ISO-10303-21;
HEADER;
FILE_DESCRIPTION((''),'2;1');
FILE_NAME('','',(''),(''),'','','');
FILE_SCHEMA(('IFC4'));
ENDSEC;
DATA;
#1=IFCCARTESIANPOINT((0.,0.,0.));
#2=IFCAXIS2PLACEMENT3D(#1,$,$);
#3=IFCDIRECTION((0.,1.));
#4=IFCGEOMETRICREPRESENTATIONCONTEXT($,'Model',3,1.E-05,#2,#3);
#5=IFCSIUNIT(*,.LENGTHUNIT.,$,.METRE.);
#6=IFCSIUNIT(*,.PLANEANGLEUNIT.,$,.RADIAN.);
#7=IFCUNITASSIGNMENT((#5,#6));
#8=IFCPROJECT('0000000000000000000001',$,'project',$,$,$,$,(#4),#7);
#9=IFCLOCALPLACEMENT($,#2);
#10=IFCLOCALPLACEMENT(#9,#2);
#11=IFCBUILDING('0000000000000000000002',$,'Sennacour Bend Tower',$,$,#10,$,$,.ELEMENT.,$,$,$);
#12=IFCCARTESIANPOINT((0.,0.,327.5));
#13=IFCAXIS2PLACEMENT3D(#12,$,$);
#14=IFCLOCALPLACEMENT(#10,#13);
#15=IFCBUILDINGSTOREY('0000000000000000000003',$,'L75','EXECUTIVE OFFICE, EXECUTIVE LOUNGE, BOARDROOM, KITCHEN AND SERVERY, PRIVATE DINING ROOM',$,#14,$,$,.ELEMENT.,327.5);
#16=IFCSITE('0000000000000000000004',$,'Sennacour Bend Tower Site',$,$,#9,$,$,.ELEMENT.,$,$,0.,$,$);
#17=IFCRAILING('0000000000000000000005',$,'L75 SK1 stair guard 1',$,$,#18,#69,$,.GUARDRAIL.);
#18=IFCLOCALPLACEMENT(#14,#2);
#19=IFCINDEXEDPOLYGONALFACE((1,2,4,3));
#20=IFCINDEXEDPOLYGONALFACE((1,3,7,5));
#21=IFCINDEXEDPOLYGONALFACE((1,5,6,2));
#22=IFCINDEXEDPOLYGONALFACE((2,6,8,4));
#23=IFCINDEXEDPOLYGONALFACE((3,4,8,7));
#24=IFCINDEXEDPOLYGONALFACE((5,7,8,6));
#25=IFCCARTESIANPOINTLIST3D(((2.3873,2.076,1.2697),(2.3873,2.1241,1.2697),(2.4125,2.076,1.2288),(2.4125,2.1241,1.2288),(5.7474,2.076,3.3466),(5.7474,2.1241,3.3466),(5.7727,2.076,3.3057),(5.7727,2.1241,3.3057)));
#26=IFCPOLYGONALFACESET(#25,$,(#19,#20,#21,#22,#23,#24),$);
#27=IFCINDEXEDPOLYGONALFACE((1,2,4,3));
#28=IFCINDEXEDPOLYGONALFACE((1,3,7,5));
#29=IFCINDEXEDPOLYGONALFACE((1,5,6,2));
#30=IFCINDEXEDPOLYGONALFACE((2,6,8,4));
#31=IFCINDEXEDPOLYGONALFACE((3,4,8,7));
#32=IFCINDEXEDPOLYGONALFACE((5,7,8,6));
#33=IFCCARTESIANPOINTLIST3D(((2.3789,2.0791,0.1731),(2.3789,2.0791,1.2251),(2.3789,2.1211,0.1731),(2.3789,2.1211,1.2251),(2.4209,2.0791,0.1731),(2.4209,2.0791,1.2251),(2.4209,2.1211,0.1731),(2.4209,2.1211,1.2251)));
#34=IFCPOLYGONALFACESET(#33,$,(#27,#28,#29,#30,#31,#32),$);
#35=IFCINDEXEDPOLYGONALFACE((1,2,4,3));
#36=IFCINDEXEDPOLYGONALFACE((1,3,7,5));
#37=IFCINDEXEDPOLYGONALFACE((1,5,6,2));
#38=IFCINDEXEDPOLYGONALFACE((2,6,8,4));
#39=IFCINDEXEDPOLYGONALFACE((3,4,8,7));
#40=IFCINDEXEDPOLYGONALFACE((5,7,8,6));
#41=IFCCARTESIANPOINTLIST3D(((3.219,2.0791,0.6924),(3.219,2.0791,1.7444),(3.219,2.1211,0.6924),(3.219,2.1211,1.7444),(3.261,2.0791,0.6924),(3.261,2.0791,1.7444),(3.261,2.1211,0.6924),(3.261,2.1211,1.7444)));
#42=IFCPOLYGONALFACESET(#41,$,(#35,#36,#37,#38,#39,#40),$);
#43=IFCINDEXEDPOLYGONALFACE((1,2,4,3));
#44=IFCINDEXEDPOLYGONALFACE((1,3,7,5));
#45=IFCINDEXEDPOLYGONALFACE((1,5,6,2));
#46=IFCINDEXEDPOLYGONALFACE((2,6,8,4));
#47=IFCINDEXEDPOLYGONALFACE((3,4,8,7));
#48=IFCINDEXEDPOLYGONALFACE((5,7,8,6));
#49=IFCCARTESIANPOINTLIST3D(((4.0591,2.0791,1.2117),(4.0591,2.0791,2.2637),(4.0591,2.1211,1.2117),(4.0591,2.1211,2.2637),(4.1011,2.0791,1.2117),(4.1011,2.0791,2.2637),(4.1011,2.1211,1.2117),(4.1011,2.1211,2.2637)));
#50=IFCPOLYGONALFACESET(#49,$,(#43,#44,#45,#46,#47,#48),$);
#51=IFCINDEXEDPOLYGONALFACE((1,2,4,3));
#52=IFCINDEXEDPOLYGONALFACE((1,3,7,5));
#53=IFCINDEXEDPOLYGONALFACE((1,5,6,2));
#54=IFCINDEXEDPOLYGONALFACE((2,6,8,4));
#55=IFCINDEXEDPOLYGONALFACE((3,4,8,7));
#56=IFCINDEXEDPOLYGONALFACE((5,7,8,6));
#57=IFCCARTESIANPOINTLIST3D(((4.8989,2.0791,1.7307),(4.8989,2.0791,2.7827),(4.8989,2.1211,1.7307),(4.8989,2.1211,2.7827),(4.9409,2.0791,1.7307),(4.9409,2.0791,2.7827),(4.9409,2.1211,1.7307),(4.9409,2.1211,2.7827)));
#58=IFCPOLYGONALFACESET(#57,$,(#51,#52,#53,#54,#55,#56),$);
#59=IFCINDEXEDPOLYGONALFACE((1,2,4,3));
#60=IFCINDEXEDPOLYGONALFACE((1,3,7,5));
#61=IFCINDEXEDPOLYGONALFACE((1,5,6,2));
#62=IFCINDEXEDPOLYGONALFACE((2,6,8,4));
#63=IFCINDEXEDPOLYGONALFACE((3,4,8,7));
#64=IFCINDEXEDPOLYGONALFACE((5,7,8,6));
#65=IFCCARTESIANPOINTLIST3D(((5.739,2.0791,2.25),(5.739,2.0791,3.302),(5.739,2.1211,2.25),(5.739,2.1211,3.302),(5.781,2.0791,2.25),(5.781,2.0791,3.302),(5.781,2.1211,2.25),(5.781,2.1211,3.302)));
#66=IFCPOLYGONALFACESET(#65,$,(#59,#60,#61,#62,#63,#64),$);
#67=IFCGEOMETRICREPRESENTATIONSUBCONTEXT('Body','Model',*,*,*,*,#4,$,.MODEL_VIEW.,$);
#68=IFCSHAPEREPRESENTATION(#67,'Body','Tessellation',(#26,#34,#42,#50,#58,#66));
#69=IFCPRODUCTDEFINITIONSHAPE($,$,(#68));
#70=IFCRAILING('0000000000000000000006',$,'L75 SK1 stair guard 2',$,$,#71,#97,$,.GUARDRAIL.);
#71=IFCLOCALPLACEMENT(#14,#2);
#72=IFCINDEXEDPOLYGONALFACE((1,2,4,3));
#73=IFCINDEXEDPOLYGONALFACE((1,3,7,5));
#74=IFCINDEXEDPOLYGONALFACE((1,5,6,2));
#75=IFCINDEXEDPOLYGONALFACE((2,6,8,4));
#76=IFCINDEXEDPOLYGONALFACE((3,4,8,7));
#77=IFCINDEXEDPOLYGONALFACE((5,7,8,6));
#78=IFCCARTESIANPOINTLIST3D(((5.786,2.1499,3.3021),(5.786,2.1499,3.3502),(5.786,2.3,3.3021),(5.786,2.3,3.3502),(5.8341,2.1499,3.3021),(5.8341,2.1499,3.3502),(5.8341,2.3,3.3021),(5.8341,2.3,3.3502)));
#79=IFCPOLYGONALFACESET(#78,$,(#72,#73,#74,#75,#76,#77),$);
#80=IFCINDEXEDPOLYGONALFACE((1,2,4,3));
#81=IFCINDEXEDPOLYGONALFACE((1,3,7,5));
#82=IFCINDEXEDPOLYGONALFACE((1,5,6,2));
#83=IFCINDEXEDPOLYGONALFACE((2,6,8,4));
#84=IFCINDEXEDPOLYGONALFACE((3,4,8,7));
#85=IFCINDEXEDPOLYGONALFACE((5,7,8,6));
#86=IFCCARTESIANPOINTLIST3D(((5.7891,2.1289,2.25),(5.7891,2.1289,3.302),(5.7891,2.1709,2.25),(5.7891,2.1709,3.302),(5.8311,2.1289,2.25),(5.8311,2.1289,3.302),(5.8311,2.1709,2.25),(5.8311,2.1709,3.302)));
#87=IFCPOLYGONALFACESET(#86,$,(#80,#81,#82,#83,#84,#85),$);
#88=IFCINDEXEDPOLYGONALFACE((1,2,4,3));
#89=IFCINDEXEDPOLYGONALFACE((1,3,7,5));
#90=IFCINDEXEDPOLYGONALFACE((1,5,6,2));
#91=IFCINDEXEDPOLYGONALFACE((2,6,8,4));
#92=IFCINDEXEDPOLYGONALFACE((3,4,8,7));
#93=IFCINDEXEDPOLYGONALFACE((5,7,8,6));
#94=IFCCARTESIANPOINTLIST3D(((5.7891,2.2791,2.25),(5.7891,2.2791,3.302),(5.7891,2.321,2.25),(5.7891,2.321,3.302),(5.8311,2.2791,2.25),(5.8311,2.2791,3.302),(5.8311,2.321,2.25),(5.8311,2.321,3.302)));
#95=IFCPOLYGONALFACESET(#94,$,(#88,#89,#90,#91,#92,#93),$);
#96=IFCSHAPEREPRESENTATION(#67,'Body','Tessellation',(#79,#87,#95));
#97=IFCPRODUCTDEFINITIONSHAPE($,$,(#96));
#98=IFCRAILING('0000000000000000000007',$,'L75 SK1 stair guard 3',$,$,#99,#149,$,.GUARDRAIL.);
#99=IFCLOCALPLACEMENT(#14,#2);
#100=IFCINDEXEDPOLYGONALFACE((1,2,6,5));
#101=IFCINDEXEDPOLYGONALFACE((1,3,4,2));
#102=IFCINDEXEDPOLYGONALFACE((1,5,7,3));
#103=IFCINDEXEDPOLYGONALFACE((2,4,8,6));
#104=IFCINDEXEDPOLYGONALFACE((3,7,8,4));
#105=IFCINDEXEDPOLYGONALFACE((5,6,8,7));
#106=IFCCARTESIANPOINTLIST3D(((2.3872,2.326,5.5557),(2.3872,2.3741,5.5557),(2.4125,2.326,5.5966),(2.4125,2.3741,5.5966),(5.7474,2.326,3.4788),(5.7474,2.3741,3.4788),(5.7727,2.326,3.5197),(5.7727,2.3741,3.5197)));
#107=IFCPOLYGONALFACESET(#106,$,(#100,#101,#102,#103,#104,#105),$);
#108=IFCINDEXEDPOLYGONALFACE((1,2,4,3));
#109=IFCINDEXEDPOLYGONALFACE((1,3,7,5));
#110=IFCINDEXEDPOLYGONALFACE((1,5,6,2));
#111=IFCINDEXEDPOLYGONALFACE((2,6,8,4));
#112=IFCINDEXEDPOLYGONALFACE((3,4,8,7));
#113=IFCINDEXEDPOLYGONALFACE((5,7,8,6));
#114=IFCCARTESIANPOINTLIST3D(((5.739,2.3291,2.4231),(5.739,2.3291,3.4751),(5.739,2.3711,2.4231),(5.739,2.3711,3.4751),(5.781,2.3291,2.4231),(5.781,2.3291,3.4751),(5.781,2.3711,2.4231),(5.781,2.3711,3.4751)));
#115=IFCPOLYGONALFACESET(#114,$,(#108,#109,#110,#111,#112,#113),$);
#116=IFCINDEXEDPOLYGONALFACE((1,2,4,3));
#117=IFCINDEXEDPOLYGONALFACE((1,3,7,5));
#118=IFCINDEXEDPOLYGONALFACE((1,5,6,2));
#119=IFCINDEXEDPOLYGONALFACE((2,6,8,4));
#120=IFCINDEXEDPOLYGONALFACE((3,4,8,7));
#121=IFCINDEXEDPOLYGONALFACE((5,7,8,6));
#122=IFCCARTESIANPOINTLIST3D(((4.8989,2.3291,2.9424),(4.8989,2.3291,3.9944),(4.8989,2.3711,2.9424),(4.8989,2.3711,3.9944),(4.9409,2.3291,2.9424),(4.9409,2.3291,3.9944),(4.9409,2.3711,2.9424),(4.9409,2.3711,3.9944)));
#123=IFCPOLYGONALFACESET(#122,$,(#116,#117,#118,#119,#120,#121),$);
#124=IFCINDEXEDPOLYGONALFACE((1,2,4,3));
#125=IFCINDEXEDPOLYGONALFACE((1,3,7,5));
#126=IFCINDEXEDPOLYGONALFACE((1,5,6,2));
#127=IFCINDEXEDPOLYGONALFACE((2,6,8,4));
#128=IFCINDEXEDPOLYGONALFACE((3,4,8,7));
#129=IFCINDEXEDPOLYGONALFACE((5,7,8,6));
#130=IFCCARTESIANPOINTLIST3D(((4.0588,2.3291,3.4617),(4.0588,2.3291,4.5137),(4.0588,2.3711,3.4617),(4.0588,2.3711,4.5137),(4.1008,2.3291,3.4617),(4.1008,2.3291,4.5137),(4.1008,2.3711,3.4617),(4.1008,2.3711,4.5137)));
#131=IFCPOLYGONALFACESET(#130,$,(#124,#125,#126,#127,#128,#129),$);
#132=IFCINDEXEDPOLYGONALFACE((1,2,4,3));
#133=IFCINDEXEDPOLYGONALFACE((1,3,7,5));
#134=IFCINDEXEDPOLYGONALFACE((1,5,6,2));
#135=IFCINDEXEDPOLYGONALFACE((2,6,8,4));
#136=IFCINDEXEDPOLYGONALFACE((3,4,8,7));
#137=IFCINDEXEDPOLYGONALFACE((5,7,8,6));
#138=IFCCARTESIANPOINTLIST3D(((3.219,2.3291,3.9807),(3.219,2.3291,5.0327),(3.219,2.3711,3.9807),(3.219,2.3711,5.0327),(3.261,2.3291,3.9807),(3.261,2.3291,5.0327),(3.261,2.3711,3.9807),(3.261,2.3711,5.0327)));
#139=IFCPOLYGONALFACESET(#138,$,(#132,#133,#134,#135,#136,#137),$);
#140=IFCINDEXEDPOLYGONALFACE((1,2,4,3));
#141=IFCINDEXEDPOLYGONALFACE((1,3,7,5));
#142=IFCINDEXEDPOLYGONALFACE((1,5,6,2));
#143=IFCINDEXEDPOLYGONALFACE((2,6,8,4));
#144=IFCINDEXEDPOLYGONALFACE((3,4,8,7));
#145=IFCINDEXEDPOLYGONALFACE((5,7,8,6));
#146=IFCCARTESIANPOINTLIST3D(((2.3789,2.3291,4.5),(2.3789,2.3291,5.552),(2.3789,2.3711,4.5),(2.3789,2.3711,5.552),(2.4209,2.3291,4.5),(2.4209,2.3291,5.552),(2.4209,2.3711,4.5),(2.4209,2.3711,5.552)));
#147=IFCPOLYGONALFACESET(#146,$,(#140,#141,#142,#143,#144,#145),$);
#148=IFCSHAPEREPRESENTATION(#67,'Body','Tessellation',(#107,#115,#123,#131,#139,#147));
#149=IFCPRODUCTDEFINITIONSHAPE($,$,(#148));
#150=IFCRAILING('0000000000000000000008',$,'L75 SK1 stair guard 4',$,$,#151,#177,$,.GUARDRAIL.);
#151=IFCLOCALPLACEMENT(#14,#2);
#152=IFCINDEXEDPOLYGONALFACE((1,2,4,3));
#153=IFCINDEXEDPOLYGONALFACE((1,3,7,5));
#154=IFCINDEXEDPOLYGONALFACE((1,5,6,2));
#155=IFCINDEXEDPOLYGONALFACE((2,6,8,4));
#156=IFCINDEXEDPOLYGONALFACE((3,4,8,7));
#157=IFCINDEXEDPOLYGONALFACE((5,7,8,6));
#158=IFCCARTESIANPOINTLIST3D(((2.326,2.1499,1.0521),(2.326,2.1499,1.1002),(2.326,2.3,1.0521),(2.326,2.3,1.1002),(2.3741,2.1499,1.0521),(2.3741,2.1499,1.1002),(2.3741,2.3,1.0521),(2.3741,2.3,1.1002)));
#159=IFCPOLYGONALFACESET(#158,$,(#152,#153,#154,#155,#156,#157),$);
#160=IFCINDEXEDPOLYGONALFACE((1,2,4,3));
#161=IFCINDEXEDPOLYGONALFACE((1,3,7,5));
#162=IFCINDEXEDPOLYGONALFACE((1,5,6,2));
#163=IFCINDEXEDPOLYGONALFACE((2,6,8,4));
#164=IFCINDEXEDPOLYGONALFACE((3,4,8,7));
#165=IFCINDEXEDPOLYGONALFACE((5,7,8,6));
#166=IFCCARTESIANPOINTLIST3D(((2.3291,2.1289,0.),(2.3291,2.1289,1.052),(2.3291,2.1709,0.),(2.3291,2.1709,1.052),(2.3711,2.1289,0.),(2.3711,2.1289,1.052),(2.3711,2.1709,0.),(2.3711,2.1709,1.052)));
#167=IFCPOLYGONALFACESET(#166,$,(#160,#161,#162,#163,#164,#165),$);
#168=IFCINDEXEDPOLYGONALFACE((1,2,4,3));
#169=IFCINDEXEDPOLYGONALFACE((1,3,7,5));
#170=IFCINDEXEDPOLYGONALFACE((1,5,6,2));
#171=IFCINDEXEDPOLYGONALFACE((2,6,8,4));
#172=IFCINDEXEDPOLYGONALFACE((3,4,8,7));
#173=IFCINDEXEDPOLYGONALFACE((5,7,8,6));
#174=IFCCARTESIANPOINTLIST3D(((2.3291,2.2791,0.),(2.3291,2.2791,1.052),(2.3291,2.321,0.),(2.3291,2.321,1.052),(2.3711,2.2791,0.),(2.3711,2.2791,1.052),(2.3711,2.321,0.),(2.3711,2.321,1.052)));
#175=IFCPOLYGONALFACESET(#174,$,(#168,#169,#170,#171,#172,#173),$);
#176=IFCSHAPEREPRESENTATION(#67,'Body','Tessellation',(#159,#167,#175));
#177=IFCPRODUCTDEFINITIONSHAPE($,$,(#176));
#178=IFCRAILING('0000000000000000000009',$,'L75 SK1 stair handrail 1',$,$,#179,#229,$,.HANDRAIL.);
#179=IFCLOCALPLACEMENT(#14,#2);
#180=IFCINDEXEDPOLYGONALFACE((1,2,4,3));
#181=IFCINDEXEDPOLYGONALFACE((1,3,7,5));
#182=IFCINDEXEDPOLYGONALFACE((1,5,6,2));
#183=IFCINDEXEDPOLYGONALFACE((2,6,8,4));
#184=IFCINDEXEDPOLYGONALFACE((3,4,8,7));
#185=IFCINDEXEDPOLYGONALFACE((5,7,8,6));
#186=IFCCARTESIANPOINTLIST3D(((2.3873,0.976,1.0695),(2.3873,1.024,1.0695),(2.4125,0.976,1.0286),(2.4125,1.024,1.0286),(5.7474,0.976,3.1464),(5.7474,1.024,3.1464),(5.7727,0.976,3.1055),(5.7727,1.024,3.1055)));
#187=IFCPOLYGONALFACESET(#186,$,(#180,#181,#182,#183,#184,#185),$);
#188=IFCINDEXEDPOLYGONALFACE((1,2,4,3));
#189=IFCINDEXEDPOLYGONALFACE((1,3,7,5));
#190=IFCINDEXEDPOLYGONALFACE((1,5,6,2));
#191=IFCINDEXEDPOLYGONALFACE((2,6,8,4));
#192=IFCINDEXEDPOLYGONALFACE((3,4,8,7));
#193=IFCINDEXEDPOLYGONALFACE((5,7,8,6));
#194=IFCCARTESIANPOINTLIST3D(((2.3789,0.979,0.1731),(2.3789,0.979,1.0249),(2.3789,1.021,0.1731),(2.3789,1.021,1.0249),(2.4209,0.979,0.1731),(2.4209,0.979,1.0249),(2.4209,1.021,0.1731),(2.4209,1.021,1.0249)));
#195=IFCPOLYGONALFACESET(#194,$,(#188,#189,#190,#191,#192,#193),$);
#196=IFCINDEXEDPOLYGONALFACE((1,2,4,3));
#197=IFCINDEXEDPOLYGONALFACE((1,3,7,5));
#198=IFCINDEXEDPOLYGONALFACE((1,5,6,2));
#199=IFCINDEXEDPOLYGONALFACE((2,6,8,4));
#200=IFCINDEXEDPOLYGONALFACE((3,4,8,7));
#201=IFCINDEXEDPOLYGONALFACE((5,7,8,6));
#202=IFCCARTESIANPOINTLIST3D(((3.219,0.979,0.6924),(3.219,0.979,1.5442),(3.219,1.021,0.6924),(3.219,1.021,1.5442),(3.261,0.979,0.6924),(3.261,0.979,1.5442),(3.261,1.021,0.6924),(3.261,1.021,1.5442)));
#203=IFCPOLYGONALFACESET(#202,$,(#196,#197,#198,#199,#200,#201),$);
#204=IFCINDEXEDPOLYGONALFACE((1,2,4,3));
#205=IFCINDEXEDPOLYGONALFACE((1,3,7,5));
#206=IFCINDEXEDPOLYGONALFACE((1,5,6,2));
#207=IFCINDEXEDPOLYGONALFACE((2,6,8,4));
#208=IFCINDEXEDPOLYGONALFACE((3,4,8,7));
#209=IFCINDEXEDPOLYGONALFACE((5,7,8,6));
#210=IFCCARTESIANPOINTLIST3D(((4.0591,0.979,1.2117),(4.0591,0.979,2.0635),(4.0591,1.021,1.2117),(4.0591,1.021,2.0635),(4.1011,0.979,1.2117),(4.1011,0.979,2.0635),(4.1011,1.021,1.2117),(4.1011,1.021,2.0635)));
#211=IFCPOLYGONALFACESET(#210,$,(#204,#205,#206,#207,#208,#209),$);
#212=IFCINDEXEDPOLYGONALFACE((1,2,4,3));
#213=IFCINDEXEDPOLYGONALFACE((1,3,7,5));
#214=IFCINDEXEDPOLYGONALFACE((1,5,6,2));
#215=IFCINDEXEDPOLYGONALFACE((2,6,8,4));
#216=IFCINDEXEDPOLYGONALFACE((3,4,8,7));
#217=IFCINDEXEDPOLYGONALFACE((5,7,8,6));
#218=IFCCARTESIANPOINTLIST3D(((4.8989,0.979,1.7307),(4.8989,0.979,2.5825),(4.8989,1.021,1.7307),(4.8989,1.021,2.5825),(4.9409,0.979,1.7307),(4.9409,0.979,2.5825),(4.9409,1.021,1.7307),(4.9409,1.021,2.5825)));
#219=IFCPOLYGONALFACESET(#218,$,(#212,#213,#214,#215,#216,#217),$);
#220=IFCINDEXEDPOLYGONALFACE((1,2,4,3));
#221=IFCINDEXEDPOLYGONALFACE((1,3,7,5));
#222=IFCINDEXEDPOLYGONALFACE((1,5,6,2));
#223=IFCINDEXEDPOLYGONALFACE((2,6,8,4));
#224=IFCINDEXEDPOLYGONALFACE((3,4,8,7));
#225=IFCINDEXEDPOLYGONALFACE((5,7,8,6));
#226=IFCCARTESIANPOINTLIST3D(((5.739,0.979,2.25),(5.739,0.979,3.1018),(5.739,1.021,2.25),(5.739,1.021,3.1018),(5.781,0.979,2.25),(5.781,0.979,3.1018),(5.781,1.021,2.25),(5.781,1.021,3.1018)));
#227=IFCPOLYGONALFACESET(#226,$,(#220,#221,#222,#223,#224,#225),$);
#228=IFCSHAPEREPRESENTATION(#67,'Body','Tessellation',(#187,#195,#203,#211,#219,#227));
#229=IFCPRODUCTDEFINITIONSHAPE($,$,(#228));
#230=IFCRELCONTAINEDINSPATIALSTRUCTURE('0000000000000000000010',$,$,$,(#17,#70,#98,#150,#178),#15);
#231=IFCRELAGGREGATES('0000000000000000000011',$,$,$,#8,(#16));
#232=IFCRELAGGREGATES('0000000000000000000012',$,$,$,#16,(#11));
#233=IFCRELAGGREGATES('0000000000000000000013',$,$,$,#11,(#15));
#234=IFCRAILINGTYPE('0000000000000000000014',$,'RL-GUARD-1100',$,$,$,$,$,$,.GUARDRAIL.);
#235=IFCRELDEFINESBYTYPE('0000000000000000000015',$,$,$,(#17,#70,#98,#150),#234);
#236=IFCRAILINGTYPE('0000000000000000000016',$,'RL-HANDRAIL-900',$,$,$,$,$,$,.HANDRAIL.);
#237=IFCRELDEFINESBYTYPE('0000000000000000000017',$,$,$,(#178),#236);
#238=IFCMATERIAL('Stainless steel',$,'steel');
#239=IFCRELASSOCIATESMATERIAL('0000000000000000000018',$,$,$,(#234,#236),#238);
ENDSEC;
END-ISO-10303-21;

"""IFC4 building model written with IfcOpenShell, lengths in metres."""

from ifc_helpers import new_model, si_unit, direction, frame, origin, origin_2d, place, context, subcontext, project, spatial, rectangle, extrude, material, type_object, element, save


model = new_model("IFC4")

# Units and contexts
model_context = context("Model", 3, precision=1e-05, world=origin(), true_north=direction((0.0, 1.0)))
body_context = subcontext(model_context, "Body", "Model", "MODEL_VIEW")
ifc_project = project(units=[si_unit("LENGTHUNIT", "METRE"), si_unit("PLANEANGLEUNIT", "RADIAN")], contexts=[model_context])

# Site, building, storey
site_placement = place(None, origin())
site = spatial("IfcSite", under=ifc_project, at=site_placement, Name="Sennacour Bend Tower Site", CompositionType="ELEMENT", RefElevation=0.0)
building_placement = place(site_placement, origin())
building = spatial("IfcBuilding", under=site, at=building_placement, Name="Sennacour Bend Tower", CompositionType="ELEMENT")
storey_placement = place(building_placement, frame((0.0, 0.0, 327.5)))
storey = spatial("IfcBuildingStorey", under=building, at=storey_placement, Name="L75", Description="EXECUTIVE OFFICE, EXECUTIVE LOUNGE, BOARDROOM, KITCHEN AND SERVERY, PRIVATE DINING ROOM", CompositionType="ELEMENT", Elevation=327.5)

# Railings
ifc_material_1 = material(Name="Stainless steel", Category="steel")
railing_type_1 = type_object("IfcRailingType", Name="RL-GUARD-1100", PredefinedType="GUARDRAIL", material=ifc_material_1)
railing_1_placement = place(storey_placement, frame((2.3999, 2.1001, 0.1731)))
element("IfcRailing", 1, at=railing_1_placement, inside=storey, type_object=railing_type_1, Name="L75 SK1 stair guard 1", PredefinedType="GUARDRAIL", context=body_context, shape_type="SweptSolid", body=[
    extrude(rectangle(XDim=0.0481, YDim=0.0481, at=origin_2d()), frame((0.0, 0.0, 1.0762), z_axis=(0.850623, 0.0, 0.525776), x_axis=(0.0, 1.0, 0.0)), (0.0, 0.0, 1.0), 3.9502),
    extrude(rectangle(XDim=0.042, YDim=0.042, at=origin_2d()), origin(), (0.0, 0.0, 1.0), 1.052),
    extrude(rectangle(XDim=0.042, YDim=0.042, at=origin_2d()), frame((0.8401, 0.0, 0.5193)), (0.0, 0.0, 1.0), 1.052),
    extrude(rectangle(XDim=0.042, YDim=0.042, at=origin_2d()), frame((1.6802, 0.0, 1.0386)), (0.0, 0.0, 1.0), 1.052),
    extrude(rectangle(XDim=0.042, YDim=0.042, at=origin_2d()), frame((2.52, 0.0, 1.5576)), (0.0, 0.0, 1.0), 1.052),
    extrude(rectangle(XDim=0.042, YDim=0.042, at=origin_2d()), frame((3.3601, 0.0, 2.0769)), (0.0, 0.0, 1.0), 1.052),
])
railing_2_placement = place(storey_placement, frame((5.8101, 2.1499, 2.25)))
element("IfcRailing", 2, at=railing_2_placement, inside=storey, type_object=railing_type_1, Name="L75 SK1 stair guard 2", PredefinedType="GUARDRAIL", context=body_context, shape_type="SweptSolid", body=[
    extrude(rectangle(XDim=0.0481, YDim=0.0481, at=origin_2d()), frame((0.0, 0.0, 1.0762), z_axis=(0.0, 1.0, 0.0), x_axis=(-1.0, 0.0, 0.0)), (0.0, 0.0, 1.0), 0.1501),
    extrude(rectangle(XDim=0.042, YDim=0.042, at=origin_2d()), origin(), (0.0, 0.0, 1.0), 1.052),
    extrude(rectangle(XDim=0.042, YDim=0.042, at=origin_2d()), frame((0.0, 0.1501, 0.0)), (0.0, 0.0, 1.0), 1.052),
])
railing_3_placement = place(storey_placement, frame((5.76, 2.3501, 2.4231)))
element("IfcRailing", 3, at=railing_3_placement, inside=storey, type_object=railing_type_1, Name="L75 SK1 stair guard 3", PredefinedType="GUARDRAIL", context=body_context, shape_type="SweptSolid", body=[
    extrude(rectangle(XDim=0.0481, YDim=0.0481, at=origin_2d()), frame((0.0, 0.0, 1.0762), z_axis=(-0.850623, 0.0, 0.525776), x_axis=(0.0, -1.0, 0.0)), (0.0, 0.0, 1.0), 3.9502),
    extrude(rectangle(XDim=0.042, YDim=0.042, at=origin_2d()), origin(), (0.0, 0.0, 1.0), 1.052),
    extrude(rectangle(XDim=0.042, YDim=0.042, at=origin_2d()), frame((-0.8401, 0.0, 0.5193)), (0.0, 0.0, 1.0), 1.052),
    extrude(rectangle(XDim=0.042, YDim=0.042, at=origin_2d()), frame((-1.6802, 0.0, 1.0386)), (0.0, 0.0, 1.0), 1.052),
    extrude(rectangle(XDim=0.042, YDim=0.042, at=origin_2d()), frame((-2.52, 0.0, 1.5576)), (0.0, 0.0, 1.0), 1.052),
    extrude(rectangle(XDim=0.042, YDim=0.042, at=origin_2d()), frame((-3.3601, 0.0, 2.0769)), (0.0, 0.0, 1.0), 1.052),
])
railing_4_placement = place(storey_placement, frame((2.3501, 2.1499, 0.0)))
element("IfcRailing", 4, at=railing_4_placement, inside=storey, type_object=railing_type_1, Name="L75 SK1 stair guard 4", PredefinedType="GUARDRAIL", context=body_context, shape_type="SweptSolid", body=[
    extrude(rectangle(XDim=0.0481, YDim=0.0481, at=origin_2d()), frame((0.0, 0.0, 1.0762), z_axis=(0.0, 1.0, 0.0), x_axis=(-1.0, 0.0, 0.0)), (0.0, 0.0, 1.0), 0.1501),
    extrude(rectangle(XDim=0.042, YDim=0.042, at=origin_2d()), origin(), (0.0, 0.0, 1.0), 1.052),
    extrude(rectangle(XDim=0.042, YDim=0.042, at=origin_2d()), frame((0.0, 0.1501, 0.0)), (0.0, 0.0, 1.0), 1.052),
])
railing_type_2 = type_object("IfcRailingType", Name="RL-HANDRAIL-900", PredefinedType="HANDRAIL", material=ifc_material_1)
railing_5_placement = place(storey_placement, frame((2.3999, 1.0, 0.1731)))
element("IfcRailing", 5, at=railing_5_placement, inside=storey, type_object=railing_type_2, Name="L75 SK1 stair handrail 1", PredefinedType="HANDRAIL", context=body_context, shape_type="SweptSolid", body=[
    extrude(rectangle(XDim=0.0481, YDim=0.0481, at=origin_2d()), frame((0.0, 0.0, 0.876), z_axis=(0.850623, 0.0, 0.525776), x_axis=(0.0, 1.0, 0.0)), (0.0, 0.0, 1.0), 3.9502),
    extrude(rectangle(XDim=0.042, YDim=0.042, at=origin_2d()), origin(), (0.0, 0.0, 1.0), 0.8518),
    extrude(rectangle(XDim=0.042, YDim=0.042, at=origin_2d()), frame((0.8401, 0.0, 0.5193)), (0.0, 0.0, 1.0), 0.8518),
    extrude(rectangle(XDim=0.042, YDim=0.042, at=origin_2d()), frame((1.6802, 0.0, 1.0386)), (0.0, 0.0, 1.0), 0.8518),
    extrude(rectangle(XDim=0.042, YDim=0.042, at=origin_2d()), frame((2.52, 0.0, 1.5576)), (0.0, 0.0, 1.0), 0.8518),
    extrude(rectangle(XDim=0.042, YDim=0.042, at=origin_2d()), frame((3.3601, 0.0, 2.0769)), (0.0, 0.0, 1.0), 0.8518),
])

save(model, "model.ifc")
